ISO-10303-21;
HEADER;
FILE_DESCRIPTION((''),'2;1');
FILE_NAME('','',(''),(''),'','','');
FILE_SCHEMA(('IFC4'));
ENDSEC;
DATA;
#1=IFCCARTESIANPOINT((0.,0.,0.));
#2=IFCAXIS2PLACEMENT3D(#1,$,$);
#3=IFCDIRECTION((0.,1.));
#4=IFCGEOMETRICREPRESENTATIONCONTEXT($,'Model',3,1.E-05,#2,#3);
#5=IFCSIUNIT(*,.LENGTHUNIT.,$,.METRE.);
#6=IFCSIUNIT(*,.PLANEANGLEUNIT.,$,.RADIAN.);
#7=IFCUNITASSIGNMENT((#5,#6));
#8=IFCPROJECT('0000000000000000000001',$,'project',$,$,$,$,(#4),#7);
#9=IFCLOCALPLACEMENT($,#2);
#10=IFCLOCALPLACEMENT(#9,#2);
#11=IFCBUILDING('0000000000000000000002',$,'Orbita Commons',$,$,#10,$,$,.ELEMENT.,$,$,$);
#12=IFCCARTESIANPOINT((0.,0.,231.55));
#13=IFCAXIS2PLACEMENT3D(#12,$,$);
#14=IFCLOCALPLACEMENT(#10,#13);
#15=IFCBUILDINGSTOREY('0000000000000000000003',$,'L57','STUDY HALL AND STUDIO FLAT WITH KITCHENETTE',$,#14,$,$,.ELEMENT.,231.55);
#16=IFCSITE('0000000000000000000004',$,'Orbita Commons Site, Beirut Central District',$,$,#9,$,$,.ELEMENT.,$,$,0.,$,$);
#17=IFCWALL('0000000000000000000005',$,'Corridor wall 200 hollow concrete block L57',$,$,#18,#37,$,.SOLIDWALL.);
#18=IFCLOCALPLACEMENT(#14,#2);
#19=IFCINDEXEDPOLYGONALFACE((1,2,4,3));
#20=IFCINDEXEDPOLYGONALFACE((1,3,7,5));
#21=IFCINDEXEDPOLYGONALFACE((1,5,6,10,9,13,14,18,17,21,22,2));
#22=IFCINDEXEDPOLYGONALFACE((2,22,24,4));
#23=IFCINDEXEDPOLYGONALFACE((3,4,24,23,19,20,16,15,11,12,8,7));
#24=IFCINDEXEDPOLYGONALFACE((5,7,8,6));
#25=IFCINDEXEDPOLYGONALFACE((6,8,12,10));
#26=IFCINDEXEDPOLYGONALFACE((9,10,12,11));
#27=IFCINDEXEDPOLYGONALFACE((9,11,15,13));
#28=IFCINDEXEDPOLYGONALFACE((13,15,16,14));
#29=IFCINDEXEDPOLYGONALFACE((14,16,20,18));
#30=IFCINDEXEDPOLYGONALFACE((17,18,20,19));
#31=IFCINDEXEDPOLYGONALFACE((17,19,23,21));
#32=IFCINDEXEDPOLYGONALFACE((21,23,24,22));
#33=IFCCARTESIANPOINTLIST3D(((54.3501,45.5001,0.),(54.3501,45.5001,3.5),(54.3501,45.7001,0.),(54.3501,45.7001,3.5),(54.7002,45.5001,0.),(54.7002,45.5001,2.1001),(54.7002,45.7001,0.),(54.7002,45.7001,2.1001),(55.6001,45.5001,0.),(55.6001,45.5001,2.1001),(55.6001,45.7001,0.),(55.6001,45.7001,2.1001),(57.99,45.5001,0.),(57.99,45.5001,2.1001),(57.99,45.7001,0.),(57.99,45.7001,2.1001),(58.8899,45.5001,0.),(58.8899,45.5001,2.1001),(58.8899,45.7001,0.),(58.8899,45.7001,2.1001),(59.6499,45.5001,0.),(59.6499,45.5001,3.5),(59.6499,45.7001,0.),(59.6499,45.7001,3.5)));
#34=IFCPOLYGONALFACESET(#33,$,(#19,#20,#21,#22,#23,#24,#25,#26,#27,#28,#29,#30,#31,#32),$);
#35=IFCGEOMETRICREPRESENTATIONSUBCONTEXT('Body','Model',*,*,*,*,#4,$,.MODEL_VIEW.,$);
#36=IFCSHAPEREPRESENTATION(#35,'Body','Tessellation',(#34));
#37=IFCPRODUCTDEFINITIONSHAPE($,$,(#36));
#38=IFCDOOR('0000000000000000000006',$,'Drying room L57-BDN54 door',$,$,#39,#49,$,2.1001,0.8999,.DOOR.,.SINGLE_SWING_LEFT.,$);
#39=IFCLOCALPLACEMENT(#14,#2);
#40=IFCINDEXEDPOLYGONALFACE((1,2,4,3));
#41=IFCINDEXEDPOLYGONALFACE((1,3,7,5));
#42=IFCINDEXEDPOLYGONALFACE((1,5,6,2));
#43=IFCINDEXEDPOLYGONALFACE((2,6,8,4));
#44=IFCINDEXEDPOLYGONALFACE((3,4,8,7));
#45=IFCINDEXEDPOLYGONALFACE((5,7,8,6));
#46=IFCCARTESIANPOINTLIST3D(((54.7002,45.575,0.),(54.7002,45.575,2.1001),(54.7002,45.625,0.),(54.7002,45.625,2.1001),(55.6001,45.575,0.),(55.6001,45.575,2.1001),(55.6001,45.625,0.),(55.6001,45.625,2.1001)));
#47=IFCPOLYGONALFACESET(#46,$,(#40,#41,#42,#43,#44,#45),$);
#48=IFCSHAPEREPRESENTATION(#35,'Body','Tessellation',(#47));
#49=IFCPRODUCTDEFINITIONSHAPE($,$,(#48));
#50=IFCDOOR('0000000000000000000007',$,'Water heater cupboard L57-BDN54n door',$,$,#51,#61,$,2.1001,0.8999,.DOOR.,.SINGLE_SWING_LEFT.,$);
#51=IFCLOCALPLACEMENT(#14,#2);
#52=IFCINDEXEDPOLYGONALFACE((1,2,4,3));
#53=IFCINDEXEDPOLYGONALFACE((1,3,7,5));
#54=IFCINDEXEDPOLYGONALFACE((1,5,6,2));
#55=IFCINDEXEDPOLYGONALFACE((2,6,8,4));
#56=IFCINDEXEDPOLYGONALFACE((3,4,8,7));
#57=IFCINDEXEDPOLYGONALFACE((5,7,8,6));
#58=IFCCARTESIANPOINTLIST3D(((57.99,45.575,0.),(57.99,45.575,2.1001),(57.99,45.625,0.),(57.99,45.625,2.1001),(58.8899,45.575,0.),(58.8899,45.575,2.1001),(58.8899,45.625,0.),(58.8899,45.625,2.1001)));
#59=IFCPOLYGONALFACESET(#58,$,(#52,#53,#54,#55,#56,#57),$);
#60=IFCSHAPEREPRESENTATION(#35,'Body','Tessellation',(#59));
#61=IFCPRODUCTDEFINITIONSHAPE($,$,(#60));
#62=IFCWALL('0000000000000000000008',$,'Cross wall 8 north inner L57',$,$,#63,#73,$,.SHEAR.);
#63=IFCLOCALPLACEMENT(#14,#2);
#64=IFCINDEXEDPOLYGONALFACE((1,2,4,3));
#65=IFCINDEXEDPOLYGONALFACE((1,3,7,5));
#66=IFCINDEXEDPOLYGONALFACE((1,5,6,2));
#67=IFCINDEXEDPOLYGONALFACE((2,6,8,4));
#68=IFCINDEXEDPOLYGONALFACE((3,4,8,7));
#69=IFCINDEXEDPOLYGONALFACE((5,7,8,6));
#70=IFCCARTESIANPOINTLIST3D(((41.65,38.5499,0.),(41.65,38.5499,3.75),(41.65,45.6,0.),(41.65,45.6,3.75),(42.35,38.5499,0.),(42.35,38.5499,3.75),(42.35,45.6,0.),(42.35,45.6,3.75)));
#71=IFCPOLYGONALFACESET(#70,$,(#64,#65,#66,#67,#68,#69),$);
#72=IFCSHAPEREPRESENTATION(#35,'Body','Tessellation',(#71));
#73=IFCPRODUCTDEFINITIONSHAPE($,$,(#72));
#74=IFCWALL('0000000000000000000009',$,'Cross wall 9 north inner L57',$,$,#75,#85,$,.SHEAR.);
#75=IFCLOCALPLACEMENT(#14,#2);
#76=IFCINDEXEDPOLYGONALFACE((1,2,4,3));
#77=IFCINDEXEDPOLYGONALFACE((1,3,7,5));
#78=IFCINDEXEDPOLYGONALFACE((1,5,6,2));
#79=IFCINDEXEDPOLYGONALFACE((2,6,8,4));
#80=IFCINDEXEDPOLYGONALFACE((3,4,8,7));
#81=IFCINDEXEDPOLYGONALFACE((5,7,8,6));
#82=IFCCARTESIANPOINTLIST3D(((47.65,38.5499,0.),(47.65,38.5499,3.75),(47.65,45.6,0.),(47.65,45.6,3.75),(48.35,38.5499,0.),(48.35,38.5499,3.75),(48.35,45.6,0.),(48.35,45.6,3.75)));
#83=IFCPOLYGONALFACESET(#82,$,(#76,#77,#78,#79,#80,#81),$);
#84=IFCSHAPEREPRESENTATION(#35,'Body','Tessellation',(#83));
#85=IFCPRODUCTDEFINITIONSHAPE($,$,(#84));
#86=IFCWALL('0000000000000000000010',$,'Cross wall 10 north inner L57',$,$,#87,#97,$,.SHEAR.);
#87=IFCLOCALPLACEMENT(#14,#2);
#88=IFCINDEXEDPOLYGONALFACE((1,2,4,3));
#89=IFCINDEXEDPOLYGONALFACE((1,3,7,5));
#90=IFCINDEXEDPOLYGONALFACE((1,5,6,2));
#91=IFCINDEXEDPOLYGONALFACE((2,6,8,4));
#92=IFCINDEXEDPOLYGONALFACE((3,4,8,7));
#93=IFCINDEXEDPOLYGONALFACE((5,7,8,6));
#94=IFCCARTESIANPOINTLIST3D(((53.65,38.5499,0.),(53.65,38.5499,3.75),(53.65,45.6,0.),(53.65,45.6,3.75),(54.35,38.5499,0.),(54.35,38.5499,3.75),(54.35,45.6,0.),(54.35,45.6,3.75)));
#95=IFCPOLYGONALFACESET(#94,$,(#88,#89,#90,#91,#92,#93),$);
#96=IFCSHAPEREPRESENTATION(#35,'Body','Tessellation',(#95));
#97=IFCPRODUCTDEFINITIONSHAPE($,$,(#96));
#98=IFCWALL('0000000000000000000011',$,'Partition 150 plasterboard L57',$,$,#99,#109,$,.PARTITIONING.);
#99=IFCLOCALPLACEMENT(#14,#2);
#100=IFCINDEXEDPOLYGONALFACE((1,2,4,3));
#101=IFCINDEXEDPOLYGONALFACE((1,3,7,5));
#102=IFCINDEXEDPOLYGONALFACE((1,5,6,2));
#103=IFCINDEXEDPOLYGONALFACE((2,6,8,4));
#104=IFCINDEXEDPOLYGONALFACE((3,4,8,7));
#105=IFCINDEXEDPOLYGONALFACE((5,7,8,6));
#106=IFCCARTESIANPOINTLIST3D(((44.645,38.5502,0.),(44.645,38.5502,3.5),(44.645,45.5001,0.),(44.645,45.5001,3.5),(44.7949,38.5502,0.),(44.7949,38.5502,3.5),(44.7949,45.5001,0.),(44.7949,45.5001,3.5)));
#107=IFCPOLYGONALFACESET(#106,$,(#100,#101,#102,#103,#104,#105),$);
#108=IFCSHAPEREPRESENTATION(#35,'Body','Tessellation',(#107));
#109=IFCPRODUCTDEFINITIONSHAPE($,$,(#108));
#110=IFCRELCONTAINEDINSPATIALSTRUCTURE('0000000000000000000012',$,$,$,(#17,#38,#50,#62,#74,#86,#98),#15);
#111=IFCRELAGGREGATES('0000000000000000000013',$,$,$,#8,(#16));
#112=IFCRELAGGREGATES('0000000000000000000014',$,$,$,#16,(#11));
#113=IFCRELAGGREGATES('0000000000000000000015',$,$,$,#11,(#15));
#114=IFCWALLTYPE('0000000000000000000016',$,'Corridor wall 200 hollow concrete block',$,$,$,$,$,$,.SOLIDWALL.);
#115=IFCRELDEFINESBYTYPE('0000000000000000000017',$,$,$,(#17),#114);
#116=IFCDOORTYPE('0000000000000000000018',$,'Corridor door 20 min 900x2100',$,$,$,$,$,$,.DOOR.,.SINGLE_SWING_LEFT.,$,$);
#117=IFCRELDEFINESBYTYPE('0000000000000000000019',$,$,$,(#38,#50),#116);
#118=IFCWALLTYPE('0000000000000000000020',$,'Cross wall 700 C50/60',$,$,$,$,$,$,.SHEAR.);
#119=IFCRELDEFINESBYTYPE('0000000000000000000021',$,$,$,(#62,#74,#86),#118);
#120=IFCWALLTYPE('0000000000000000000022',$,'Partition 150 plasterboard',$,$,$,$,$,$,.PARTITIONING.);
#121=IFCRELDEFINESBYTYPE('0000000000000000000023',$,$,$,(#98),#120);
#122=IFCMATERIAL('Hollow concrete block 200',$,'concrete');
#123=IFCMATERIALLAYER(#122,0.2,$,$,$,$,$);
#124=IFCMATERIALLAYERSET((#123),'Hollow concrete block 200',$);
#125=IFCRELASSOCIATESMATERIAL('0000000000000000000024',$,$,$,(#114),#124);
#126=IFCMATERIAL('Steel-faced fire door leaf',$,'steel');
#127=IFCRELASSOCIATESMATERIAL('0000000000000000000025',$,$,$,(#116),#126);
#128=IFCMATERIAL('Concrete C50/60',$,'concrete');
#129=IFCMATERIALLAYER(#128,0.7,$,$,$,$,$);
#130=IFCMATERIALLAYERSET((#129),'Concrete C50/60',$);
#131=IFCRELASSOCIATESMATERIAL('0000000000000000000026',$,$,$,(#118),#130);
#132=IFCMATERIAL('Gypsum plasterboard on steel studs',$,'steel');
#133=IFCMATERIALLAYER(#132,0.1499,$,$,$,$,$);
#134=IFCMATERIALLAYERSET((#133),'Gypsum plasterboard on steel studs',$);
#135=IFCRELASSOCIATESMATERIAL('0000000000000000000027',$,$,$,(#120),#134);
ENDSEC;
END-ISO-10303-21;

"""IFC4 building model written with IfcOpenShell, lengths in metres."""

from ifc_helpers import new_model, si_unit, direction, frame, frame_2d, origin, place, context, subcontext, project, spatial, rectangle, extrude, material, layer, layer_set, type_object, element, fill, save


model = new_model("IFC4")

# Units and contexts
model_context = context("Model", 3, precision=1e-05, world=origin(), true_north=direction((0.0, 1.0)))
body_context = subcontext(model_context, "Body", "Model", "MODEL_VIEW")
ifc_project = project(units=[si_unit("LENGTHUNIT", "METRE"), si_unit("PLANEANGLEUNIT", "RADIAN")], contexts=[model_context])

# Site, building, storey
site_placement = place(None, origin())
site = spatial("IfcSite", under=ifc_project, at=site_placement, Name="Orbita Commons Site, Beirut Central District", CompositionType="ELEMENT", RefElevation=0.0)
building_placement = place(site_placement, origin())
building = spatial("IfcBuilding", under=site, at=building_placement, Name="Orbita Commons", CompositionType="ELEMENT")
storey_placement = place(building_placement, frame((0.0, 0.0, 231.55)))
storey = spatial("IfcBuildingStorey", under=building, at=storey_placement, Name="L57", Description="STUDY HALL AND STUDIO FLAT WITH KITCHENETTE", CompositionType="ELEMENT", Elevation=231.55)

# Shared definitions
ifc_material_1 = material(Name="Hollow concrete block 200", Category="concrete")
ifc_layer_1 = layer(ifc_material_1, 0.2)
ifc_layer_set_1 = layer_set([ifc_layer_1], Name="Hollow concrete block 200")
wall_type_1 = type_object("IfcWallType", Name="Corridor wall 200 hollow concrete block", PredefinedType="SOLIDWALL", material=ifc_layer_set_1)
ifc_material_2 = material(Name="Steel-faced fire door leaf", Category="steel")
door_type_1 = type_object("IfcDoorType", Name="Corridor door 20 min 900x2100", OperationType="SINGLE_SWING_LEFT", PredefinedType="DOOR", material=ifc_material_2)

# Wall, openings, doors
wall_1_placement = place(storey_placement, frame((54.3501, 45.6001, 0.0), z_axis=(0.0, 0.0, 1.0), x_axis=(1.0, 0.0, 0.0)))
wall_1 = element("IfcWall", 1, at=wall_1_placement, inside=storey, type_object=wall_type_1, Name="Corridor wall 200 hollow concrete block L57", PredefinedType="SOLIDWALL", context=body_context, shape_type="SweptSolid", body=[
    extrude(rectangle(XDim=5.2998, YDim=0.2, at=frame_2d((2.6499, 0.0))), origin(), (0.0, 0.0, 1.0), 3.5),
])
opening_1_placement = place(wall_1_placement, frame((0.3501, 0.0, 0.0)))
opening_1 = element("IfcOpeningElement", 2, at=opening_1_placement, cuts=wall_1, PredefinedType="OPENING", context=body_context, shape_type="SweptSolid", body=[
    extrude(rectangle(XDim=0.8999, YDim=2.1001, at=frame_2d((0.45, 1.05))), frame((0.0, 0.1099, 0.0), z_axis=(0.0, -1.0, 0.0), x_axis=(1.0, 0.0, 0.0)), (0.0, 0.0, 1.0), 0.22),
])
opening_2_placement = place(wall_1_placement, frame((3.6399, 0.0, 0.0)))
opening_2 = element("IfcOpeningElement", 3, at=opening_2_placement, cuts=wall_1, PredefinedType="OPENING", context=body_context, shape_type="SweptSolid", body=[
    extrude(rectangle(XDim=0.8999, YDim=2.1001, at=frame_2d((0.45, 1.05))), frame((0.0, 0.1099, 0.0), z_axis=(0.0, -1.0, 0.0), x_axis=(1.0, 0.0, 0.0)), (0.0, 0.0, 1.0), 0.22),
])
door_1_placement = place(opening_1_placement, origin())
door_1 = element("IfcDoor", 4, at=door_1_placement, inside=storey, type_object=door_type_1, Name="Drying room L57-BDN54 door", OperationType="SINGLE_SWING_LEFT", OverallHeight=2.1001, OverallWidth=0.8999, PredefinedType="DOOR", context=body_context, shape_type="SweptSolid", body=[
    extrude(rectangle(XDim=0.8999, YDim=2.1001, at=frame_2d((0.45, 1.05))), frame((0.0, 0.0249, 0.0), z_axis=(0.0, -1.0, 0.0), x_axis=(1.0, 0.0, 0.0)), (0.0, 0.0, 1.0), 0.05),
])
fill(opening_1, door_1)
door_2_placement = place(opening_2_placement, origin())
door_2 = element("IfcDoor", 5, at=door_2_placement, inside=storey, type_object=door_type_1, Name="Water heater cupboard L57-BDN54n door", OperationType="SINGLE_SWING_LEFT", OverallHeight=2.1001, OverallWidth=0.8999, PredefinedType="DOOR", context=body_context, shape_type="SweptSolid", body=[
    extrude(rectangle(XDim=0.8999, YDim=2.1001, at=frame_2d((0.45, 1.05))), frame((0.0, 0.0249, 0.0), z_axis=(0.0, -1.0, 0.0), x_axis=(1.0, 0.0, 0.0)), (0.0, 0.0, 1.0), 0.05),
])
fill(opening_2, door_2)

# Walls
ifc_material_3 = material(Name="Concrete C50/60", Category="concrete")
ifc_layer_2 = layer(ifc_material_3, 0.7)
ifc_layer_set_2 = layer_set([ifc_layer_2], Name="Concrete C50/60")
wall_type_2 = type_object("IfcWallType", Name="Cross wall 700 C50/60", PredefinedType="SHEAR", material=ifc_layer_set_2)
for number, where, z_axis, x_axis, name in (
    (6, (42.0, 38.55, 0.0), (0.0, 0.0, 1.0), (0.0, 1.0, 0.0), "Cross wall 8 north inner L57"),
    (7, (48.0, 38.55, 0.0), (0.0, 0.0, 1.0), (0.0, 1.0, 0.0), "Cross wall 9 north inner L57"),
    (8, (54.0, 38.55, 0.0), (0.0, 0.0, 1.0), (0.0, 1.0, 0.0), "Cross wall 10 north inner L57"),
):
    element("IfcWall", number, at=place(storey_placement, frame(where, z_axis=z_axis, x_axis=x_axis)), inside=storey, type_object=wall_type_2, Name=name, PredefinedType="SHEAR", context=body_context, shape_type="SweptSolid", body=[
        extrude(rectangle(XDim=7.05, YDim=0.7, at=frame_2d((3.5249, 0.0))), origin(), (0.0, 0.0, 1.0), 3.75),
    ])
ifc_material_4 = material(Name="Gypsum plasterboard on steel studs", Category="steel")
ifc_layer_3 = layer(ifc_material_4, 0.1499)
ifc_layer_set_3 = layer_set([ifc_layer_3], Name="Gypsum plasterboard on steel studs")
wall_type_3 = type_object("IfcWallType", Name="Partition 150 plasterboard", PredefinedType="PARTITIONING", material=ifc_layer_set_3)
wall_2_placement = place(storey_placement, frame((44.72, 38.55, 0.0), z_axis=(0.0, 0.0, 1.0), x_axis=(0.0, 1.0, 0.0)))
element("IfcWall", 9, at=wall_2_placement, inside=storey, type_object=wall_type_3, Name="Partition 150 plasterboard L57", PredefinedType="PARTITIONING", context=body_context, shape_type="SweptSolid", body=[
    extrude(rectangle(XDim=6.95, YDim=0.1499, at=frame_2d((3.4751, 0.0))), origin(), (0.0, 0.0, 1.0), 3.5),
])

save(model, "model.ifc")
